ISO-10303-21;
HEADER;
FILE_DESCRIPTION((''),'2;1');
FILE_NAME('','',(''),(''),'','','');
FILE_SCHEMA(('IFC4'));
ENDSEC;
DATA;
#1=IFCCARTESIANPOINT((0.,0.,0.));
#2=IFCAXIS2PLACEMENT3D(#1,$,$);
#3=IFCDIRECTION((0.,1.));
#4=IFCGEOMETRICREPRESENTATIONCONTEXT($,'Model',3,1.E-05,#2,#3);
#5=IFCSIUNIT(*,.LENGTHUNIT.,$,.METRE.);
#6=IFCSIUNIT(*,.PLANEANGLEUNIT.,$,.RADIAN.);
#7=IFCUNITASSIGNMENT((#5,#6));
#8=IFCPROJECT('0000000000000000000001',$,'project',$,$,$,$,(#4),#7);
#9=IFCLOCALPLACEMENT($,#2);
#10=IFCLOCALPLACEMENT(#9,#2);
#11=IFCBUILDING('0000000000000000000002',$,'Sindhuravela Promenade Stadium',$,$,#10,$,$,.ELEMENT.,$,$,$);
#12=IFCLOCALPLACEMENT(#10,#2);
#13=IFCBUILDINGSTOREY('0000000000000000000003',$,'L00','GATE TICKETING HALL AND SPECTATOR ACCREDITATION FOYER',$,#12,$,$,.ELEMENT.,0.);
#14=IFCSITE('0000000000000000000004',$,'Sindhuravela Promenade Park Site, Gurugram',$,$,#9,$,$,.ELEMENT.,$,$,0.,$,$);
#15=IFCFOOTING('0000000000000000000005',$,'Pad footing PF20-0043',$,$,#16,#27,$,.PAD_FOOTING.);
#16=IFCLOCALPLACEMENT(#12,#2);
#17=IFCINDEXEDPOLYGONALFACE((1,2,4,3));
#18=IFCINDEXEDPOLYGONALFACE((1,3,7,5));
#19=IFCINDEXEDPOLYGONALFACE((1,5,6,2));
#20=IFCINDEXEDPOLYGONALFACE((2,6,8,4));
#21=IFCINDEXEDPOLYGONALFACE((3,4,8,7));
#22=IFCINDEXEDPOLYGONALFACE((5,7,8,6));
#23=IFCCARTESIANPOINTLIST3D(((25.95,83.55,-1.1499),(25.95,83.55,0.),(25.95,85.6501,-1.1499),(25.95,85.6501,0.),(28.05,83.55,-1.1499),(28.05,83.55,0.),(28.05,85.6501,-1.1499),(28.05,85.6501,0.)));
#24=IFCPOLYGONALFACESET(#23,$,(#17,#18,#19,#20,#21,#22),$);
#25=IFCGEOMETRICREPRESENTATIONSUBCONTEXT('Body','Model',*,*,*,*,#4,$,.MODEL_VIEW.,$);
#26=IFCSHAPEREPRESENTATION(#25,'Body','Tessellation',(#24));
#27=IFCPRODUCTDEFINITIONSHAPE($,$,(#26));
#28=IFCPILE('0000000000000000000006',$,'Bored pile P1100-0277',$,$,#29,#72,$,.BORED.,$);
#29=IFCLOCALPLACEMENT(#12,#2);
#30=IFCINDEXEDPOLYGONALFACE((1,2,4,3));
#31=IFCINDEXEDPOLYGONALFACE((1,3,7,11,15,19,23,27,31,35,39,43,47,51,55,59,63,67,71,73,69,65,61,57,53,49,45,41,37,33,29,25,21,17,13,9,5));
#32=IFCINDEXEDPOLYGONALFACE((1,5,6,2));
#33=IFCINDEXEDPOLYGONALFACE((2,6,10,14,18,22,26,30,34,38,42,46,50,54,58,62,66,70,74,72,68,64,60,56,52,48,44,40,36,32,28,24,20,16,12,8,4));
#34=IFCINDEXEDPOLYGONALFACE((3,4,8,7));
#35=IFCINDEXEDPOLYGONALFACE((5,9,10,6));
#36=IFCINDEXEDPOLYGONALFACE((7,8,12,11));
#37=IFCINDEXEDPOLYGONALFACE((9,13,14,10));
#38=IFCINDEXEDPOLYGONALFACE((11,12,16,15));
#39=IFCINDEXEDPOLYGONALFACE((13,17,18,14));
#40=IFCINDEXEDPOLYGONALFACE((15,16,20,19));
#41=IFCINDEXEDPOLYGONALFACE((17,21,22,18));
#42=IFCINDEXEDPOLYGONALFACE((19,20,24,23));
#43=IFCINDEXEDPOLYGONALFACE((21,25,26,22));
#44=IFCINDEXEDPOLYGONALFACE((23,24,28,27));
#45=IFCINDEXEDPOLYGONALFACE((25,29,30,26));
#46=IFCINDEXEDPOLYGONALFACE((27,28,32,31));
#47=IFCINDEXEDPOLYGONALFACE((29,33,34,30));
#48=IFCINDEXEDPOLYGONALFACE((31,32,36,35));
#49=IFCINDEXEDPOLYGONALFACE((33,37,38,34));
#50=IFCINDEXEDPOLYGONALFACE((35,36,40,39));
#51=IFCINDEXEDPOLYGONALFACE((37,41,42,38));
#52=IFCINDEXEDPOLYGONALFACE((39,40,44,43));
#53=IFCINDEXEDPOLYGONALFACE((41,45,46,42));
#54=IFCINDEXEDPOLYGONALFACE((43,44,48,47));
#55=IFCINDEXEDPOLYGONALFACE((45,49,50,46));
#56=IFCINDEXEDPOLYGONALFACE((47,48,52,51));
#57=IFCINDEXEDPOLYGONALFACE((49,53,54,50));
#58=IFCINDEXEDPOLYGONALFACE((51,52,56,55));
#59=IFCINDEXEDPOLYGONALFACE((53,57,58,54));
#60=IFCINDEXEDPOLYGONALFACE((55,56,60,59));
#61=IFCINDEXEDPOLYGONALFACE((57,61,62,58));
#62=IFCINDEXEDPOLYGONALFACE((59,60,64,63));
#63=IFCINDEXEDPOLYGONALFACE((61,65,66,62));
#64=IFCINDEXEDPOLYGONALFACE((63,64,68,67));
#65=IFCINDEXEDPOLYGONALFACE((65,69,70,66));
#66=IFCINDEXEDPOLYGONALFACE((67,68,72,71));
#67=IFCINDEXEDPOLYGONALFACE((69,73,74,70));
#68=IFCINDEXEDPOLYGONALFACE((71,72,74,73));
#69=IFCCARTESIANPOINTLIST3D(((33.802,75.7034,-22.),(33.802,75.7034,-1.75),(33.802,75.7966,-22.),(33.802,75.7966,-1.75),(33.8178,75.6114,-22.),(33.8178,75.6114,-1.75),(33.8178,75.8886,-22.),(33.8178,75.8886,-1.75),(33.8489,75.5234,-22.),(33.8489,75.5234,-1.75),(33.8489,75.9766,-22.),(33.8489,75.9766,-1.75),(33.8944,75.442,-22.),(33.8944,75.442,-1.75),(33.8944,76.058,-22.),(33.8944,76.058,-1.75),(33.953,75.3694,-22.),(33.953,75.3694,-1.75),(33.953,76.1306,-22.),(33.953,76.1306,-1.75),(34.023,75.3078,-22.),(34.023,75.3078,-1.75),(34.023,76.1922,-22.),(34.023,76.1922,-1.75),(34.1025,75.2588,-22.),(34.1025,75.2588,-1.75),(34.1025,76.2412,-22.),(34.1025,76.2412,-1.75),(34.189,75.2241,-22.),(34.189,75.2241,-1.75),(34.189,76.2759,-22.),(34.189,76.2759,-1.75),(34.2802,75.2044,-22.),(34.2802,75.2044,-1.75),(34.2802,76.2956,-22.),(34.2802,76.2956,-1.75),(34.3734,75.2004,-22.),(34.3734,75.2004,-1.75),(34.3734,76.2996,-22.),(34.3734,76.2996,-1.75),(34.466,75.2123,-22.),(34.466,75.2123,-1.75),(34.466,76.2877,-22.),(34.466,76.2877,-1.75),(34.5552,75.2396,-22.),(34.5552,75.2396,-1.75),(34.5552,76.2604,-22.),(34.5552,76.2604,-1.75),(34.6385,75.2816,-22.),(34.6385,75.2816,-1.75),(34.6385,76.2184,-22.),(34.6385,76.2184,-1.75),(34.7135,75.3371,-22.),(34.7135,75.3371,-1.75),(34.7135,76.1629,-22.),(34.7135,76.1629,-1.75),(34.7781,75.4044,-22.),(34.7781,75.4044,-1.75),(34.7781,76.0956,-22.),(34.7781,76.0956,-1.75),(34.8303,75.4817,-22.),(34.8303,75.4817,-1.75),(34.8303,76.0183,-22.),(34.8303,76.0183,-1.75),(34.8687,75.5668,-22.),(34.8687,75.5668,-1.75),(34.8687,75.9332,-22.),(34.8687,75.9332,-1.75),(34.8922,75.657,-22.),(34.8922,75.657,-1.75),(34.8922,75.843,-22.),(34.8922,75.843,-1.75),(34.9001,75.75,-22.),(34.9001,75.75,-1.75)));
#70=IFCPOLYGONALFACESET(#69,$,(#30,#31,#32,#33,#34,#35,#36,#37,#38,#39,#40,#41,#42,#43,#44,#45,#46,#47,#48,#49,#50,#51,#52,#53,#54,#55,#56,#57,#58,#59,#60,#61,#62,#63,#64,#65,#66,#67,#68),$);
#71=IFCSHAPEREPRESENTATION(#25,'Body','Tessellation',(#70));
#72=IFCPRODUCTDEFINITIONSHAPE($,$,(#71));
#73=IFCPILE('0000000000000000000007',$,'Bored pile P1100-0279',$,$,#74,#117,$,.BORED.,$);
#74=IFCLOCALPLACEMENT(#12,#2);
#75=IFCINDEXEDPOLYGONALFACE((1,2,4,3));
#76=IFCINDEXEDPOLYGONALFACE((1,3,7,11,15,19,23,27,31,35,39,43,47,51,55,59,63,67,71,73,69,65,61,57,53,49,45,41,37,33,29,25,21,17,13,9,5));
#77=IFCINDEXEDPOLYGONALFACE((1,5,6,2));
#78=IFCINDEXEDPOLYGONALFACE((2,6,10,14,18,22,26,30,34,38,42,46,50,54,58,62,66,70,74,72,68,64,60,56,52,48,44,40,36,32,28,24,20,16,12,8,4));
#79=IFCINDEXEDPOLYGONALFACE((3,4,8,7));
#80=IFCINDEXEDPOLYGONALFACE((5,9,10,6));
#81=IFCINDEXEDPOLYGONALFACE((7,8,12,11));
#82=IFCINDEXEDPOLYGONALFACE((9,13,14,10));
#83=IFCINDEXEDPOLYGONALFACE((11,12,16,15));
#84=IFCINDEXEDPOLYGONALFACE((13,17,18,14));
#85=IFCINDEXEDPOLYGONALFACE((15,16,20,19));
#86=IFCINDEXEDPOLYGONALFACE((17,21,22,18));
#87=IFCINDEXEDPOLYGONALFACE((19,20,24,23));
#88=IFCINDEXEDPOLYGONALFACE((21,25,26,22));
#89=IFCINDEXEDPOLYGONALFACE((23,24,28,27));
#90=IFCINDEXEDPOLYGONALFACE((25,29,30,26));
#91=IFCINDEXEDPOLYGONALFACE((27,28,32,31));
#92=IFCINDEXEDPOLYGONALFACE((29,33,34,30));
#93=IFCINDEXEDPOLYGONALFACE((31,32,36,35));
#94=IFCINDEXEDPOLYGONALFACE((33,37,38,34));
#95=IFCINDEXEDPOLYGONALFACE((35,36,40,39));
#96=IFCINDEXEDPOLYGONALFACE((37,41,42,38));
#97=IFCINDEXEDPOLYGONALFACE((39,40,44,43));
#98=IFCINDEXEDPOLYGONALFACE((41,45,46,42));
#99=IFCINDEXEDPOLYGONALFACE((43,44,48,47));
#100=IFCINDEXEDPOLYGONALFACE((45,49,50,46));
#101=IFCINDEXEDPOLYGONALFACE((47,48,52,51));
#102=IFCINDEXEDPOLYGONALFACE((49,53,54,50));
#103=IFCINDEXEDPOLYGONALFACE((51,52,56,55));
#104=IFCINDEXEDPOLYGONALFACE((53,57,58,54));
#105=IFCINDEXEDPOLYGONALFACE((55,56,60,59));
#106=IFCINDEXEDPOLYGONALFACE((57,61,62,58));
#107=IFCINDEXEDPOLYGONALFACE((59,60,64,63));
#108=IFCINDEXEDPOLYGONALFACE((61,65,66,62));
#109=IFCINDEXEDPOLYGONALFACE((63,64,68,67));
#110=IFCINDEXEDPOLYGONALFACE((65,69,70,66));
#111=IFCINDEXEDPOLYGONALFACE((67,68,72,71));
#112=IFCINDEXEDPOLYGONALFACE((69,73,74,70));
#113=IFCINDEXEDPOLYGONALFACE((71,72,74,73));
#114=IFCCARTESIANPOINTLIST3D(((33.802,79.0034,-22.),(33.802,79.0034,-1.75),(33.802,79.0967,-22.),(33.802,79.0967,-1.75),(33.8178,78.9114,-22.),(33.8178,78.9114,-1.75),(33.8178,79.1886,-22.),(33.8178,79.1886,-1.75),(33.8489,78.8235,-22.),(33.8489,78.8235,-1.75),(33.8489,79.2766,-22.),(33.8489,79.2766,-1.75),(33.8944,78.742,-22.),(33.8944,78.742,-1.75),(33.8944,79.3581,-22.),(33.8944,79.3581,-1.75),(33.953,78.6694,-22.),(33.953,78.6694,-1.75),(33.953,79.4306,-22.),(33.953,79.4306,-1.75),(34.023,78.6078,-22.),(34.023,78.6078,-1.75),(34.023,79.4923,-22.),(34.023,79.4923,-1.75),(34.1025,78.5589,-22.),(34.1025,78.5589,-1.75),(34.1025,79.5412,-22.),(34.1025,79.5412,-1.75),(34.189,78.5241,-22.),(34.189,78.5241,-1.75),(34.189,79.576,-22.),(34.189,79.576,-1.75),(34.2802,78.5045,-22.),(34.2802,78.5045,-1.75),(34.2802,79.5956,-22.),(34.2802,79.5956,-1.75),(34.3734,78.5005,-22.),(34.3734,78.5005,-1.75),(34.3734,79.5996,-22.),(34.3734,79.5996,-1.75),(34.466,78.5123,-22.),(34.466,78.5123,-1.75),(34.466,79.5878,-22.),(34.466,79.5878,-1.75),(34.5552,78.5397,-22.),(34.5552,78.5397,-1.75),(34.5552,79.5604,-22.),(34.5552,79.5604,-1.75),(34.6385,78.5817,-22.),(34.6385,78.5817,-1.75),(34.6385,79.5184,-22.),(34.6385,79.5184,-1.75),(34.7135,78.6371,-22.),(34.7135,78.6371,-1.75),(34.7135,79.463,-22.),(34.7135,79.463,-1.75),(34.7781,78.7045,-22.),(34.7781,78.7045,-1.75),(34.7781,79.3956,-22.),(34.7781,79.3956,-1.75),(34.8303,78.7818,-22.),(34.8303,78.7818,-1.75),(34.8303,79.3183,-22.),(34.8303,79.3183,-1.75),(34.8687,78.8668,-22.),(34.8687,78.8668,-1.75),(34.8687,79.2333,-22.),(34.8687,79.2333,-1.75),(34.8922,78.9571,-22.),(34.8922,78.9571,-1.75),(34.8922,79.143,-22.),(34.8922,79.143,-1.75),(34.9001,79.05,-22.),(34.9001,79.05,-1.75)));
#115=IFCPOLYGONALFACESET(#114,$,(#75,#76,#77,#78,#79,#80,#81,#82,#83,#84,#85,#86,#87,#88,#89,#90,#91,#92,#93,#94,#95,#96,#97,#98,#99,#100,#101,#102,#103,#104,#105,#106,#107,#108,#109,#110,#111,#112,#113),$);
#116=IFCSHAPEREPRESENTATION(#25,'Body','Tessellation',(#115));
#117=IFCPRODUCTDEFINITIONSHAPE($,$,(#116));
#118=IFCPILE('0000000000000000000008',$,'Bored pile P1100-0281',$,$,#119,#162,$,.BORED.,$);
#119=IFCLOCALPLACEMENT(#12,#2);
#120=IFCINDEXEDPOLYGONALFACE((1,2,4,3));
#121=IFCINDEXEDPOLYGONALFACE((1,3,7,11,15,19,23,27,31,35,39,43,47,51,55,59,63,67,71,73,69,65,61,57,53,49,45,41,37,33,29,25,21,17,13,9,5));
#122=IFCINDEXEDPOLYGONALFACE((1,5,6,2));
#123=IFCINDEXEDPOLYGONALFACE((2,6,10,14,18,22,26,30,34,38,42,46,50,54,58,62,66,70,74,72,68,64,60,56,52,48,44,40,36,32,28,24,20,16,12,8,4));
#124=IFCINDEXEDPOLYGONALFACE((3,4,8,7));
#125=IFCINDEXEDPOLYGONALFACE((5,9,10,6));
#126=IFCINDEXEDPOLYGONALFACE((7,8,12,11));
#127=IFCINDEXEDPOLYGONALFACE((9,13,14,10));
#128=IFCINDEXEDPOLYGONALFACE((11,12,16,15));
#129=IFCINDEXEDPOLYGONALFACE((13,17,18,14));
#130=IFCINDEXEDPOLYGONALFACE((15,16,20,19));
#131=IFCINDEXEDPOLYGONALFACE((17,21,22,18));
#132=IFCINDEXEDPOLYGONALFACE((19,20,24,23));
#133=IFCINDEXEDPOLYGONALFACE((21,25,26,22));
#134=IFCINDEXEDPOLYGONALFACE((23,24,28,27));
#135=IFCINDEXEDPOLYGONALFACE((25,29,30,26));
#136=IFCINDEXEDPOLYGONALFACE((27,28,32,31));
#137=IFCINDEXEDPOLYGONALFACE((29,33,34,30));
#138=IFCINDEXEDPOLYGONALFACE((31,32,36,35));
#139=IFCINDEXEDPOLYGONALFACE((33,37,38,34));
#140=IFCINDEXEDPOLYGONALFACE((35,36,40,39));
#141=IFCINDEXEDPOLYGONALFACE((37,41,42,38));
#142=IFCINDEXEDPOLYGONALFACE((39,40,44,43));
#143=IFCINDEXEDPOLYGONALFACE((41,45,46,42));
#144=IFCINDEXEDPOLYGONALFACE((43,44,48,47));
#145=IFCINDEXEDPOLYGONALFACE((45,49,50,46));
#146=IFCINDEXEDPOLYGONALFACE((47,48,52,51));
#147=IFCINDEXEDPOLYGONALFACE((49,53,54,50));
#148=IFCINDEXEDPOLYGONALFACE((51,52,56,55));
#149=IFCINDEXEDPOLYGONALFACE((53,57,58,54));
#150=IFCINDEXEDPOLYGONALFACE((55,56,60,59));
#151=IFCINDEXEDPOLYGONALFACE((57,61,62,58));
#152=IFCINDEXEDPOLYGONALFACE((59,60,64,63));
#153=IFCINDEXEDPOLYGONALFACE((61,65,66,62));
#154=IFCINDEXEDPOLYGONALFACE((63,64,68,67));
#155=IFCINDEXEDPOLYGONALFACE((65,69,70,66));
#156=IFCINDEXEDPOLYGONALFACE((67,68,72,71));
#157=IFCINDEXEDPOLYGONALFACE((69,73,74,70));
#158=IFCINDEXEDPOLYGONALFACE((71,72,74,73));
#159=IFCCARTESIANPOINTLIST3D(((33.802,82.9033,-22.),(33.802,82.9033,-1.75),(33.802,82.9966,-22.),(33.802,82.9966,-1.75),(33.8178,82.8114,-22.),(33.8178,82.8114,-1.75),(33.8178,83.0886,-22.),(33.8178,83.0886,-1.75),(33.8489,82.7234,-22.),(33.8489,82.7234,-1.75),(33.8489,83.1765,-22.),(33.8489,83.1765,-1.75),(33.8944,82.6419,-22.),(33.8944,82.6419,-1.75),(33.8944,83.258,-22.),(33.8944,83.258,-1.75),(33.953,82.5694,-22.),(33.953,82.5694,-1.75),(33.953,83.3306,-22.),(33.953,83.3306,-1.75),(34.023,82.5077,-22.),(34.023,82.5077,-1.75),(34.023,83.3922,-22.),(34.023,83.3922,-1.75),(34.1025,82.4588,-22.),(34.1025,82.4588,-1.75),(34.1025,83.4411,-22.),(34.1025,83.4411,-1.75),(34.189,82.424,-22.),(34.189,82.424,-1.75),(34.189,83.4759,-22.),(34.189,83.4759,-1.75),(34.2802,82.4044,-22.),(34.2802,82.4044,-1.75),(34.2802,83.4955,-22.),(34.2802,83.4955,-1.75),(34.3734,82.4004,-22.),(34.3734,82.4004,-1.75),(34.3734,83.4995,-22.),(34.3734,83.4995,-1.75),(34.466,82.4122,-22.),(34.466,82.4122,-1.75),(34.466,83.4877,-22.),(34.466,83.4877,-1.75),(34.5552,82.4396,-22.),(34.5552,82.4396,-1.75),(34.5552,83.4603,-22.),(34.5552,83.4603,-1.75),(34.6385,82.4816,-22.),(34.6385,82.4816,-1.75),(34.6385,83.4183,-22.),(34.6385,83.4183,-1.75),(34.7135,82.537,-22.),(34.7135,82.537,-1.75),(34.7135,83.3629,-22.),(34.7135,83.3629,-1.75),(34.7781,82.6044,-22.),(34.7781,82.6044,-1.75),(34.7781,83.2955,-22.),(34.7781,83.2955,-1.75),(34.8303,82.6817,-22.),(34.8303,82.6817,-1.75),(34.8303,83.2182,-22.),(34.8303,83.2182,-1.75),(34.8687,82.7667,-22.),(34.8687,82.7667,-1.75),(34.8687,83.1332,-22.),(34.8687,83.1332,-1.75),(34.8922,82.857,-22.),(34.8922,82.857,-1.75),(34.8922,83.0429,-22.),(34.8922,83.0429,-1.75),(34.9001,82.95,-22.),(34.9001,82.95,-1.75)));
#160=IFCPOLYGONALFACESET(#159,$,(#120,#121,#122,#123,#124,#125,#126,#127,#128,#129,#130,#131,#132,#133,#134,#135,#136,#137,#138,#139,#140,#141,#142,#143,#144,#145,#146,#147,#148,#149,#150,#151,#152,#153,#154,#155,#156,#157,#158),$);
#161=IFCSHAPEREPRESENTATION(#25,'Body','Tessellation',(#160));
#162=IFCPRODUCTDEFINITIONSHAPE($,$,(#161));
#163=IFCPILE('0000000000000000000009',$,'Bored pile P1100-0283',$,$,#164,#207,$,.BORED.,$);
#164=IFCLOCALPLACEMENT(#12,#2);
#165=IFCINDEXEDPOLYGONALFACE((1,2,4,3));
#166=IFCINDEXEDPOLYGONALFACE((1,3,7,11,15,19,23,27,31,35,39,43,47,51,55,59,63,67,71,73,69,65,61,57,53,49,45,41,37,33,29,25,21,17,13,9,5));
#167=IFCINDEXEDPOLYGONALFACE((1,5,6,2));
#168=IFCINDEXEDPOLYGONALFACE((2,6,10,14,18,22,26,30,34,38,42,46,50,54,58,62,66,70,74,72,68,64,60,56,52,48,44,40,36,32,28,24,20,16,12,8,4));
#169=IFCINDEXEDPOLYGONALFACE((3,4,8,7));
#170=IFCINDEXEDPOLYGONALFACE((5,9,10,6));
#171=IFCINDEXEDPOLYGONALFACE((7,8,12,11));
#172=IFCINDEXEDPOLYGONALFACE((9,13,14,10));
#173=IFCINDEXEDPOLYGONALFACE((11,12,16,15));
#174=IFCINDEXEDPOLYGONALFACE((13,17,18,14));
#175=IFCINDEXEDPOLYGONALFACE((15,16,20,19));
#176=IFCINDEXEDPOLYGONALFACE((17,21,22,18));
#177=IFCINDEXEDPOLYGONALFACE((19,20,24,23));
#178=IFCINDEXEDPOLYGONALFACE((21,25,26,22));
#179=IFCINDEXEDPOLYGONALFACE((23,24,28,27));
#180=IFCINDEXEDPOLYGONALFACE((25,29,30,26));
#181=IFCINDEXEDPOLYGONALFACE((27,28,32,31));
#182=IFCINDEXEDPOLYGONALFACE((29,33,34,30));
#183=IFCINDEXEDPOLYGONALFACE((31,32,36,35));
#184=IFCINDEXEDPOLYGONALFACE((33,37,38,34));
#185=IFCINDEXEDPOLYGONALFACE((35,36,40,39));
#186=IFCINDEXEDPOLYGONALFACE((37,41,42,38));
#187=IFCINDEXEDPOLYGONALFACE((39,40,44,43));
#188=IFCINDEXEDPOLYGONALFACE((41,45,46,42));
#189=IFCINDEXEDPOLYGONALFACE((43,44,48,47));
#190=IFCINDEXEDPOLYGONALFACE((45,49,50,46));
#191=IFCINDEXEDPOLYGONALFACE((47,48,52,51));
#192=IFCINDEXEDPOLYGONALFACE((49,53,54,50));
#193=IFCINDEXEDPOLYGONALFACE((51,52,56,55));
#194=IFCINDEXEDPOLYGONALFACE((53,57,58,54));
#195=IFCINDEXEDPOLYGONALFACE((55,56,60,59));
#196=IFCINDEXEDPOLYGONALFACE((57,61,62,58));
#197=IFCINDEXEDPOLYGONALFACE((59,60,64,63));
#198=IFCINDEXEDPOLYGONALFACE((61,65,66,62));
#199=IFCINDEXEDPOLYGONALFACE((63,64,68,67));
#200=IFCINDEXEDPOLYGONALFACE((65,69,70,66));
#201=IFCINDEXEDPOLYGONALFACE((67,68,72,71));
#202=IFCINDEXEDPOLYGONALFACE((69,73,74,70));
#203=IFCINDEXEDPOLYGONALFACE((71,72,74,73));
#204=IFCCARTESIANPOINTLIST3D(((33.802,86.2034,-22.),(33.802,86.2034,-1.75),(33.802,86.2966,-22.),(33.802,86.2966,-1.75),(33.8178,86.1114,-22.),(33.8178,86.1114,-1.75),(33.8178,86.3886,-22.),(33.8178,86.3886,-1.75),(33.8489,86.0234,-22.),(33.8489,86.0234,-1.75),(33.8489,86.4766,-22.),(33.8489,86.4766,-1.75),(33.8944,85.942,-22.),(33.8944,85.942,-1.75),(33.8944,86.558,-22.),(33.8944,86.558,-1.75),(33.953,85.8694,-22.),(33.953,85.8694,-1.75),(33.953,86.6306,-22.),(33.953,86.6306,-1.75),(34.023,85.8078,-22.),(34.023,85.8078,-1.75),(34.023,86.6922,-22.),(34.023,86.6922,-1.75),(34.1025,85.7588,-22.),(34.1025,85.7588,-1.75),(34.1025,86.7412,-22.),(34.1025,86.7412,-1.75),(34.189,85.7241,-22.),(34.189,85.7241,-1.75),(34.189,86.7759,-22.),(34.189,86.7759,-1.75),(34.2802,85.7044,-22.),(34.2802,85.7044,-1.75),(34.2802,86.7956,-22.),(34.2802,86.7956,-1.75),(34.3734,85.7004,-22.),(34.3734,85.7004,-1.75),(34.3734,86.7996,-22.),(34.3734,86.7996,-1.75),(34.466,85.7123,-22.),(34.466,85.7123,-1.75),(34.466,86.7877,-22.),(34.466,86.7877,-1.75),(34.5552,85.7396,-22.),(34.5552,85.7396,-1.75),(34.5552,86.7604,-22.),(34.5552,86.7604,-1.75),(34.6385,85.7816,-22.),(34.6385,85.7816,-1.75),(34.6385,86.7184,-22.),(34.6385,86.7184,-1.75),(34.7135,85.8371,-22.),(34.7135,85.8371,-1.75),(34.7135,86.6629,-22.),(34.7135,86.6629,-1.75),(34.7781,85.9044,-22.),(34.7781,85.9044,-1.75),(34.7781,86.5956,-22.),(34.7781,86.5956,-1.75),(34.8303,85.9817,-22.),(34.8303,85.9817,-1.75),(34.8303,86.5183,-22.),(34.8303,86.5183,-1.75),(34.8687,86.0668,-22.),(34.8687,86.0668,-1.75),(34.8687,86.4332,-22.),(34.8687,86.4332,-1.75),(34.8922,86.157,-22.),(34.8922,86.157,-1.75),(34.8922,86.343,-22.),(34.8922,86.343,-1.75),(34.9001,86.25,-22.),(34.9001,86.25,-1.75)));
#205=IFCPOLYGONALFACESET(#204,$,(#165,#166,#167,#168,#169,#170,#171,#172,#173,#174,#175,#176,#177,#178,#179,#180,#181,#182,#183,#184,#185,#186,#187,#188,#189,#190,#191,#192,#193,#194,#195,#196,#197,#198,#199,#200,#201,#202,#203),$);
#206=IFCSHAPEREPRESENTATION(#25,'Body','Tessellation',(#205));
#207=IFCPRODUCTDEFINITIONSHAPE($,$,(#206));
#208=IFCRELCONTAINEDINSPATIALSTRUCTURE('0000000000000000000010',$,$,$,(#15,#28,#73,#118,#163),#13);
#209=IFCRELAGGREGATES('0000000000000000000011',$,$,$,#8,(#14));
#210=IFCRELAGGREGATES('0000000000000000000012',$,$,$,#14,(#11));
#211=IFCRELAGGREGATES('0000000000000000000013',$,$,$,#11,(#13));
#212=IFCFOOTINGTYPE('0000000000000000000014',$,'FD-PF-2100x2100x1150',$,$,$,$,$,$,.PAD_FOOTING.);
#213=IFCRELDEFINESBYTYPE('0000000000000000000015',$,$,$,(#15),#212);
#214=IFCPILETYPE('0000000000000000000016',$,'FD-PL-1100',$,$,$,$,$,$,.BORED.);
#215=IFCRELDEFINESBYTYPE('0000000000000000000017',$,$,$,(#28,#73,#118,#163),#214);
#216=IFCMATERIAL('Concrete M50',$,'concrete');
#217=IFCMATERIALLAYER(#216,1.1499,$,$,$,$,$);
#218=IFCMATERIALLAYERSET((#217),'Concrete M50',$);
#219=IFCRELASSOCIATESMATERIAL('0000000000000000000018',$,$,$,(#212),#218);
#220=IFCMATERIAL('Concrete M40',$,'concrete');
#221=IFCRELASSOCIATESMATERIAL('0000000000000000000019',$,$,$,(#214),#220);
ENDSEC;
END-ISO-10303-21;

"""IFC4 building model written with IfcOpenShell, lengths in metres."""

from ifc_helpers import new_model, si_unit, direction, frame, origin, origin_2d, place, context, subcontext, project, spatial, rectangle, circle, extrude, material, layer, layer_set, material_profile, profile_set, type_object, element, save


model = new_model("IFC4")

# Units and contexts
model_context = context("Model", 3, precision=1e-05, world=origin(), true_north=direction((0.0, 1.0)))
body_context = subcontext(model_context, "Body", "Model", "MODEL_VIEW")
ifc_project = project(units=[si_unit("LENGTHUNIT", "METRE"), si_unit("PLANEANGLEUNIT", "RADIAN")], contexts=[model_context])

# Site, building, storey
site_placement = place(None, origin())
site = spatial("IfcSite", under=ifc_project, at=site_placement, Name="Sindhuravela Promenade Park Site, Gurugram", CompositionType="ELEMENT", RefElevation=0.0)
building_placement = place(site_placement, origin())
building = spatial("IfcBuilding", under=site, at=building_placement, Name="Sindhuravela Promenade Stadium", CompositionType="ELEMENT")
storey_placement = place(building_placement, origin())
storey = spatial("IfcBuildingStorey", under=building, at=storey_placement, Name="L00", Description="GATE TICKETING HALL AND SPECTATOR ACCREDITATION FOYER", CompositionType="ELEMENT", Elevation=0.0)

# Footing
ifc_material_1 = material(Name="Concrete M50", Category="concrete")
ifc_layer_1 = layer(ifc_material_1, 1.1499)
ifc_layer_set_1 = layer_set([ifc_layer_1], Name="Concrete M50")
footing_type = type_object("IfcFootingType", Name="FD-PF-2100x2100x1150", PredefinedType="PAD_FOOTING", material=ifc_layer_set_1)
footing_placement = place(storey_placement, frame((27.0, 84.6001, -1.1499), z_axis=(0.0, 0.0, 1.0), x_axis=(1.0, 0.0, 0.0)))
element("IfcFooting", 1, at=footing_placement, inside=storey, type_object=footing_type, Name="Pad footing PF20-0043", PredefinedType="PAD_FOOTING", context=body_context, shape_type="SweptSolid", body=[
    extrude(rectangle(XDim=2.1001, YDim=2.1001, at=origin_2d()), origin(), (0.0, 0.0, 1.0), 1.1499),
])

# Piles
ifc_material_2 = material(Name="Concrete M40", Category="concrete")
ifc_material_profile_1 = material_profile(ifc_material_2, circle(Radius=0.55, at=origin_2d()), Name="BORED PILE D1100")
ifc_profile_set_1 = profile_set([ifc_material_profile_1], Name="Concrete M40")
pile_type_1 = type_object("IfcPileType", Name="FD-PL-1100", PredefinedType="BORED", material=ifc_profile_set_1)
for number, where, z_axis, x_axis, name in (
    (2, (34.3501, 75.75, -1.75), (0.0, 0.0, -1.0), (1.0, 0.0, 0.0), "Bored pile P1100-0277"),
    (3, (34.3501, 79.05, -1.75), (0.0, 0.0, -1.0), (1.0, 0.0, 0.0), "Bored pile P1100-0279"),
    (4, (34.3501, 82.95, -1.75), (0.0, 0.0, -1.0), (1.0, 0.0, 0.0), "Bored pile P1100-0281"),
    (5, (34.3501, 86.25, -1.75), (0.0, 0.0, -1.0), (1.0, 0.0, 0.0), "Bored pile P1100-0283"),
):
    element("IfcPile", number, at=place(storey_placement, frame(where, z_axis=z_axis, x_axis=x_axis)), inside=storey, type_object=pile_type_1, Name=name, PredefinedType="BORED", context=body_context, shape_type="SweptSolid", body=[
        extrude(circle(Radius=0.55, at=origin_2d()), origin(), (0.0, 0.0, 1.0), 20.25),
    ])

save(model, "model.ifc")
